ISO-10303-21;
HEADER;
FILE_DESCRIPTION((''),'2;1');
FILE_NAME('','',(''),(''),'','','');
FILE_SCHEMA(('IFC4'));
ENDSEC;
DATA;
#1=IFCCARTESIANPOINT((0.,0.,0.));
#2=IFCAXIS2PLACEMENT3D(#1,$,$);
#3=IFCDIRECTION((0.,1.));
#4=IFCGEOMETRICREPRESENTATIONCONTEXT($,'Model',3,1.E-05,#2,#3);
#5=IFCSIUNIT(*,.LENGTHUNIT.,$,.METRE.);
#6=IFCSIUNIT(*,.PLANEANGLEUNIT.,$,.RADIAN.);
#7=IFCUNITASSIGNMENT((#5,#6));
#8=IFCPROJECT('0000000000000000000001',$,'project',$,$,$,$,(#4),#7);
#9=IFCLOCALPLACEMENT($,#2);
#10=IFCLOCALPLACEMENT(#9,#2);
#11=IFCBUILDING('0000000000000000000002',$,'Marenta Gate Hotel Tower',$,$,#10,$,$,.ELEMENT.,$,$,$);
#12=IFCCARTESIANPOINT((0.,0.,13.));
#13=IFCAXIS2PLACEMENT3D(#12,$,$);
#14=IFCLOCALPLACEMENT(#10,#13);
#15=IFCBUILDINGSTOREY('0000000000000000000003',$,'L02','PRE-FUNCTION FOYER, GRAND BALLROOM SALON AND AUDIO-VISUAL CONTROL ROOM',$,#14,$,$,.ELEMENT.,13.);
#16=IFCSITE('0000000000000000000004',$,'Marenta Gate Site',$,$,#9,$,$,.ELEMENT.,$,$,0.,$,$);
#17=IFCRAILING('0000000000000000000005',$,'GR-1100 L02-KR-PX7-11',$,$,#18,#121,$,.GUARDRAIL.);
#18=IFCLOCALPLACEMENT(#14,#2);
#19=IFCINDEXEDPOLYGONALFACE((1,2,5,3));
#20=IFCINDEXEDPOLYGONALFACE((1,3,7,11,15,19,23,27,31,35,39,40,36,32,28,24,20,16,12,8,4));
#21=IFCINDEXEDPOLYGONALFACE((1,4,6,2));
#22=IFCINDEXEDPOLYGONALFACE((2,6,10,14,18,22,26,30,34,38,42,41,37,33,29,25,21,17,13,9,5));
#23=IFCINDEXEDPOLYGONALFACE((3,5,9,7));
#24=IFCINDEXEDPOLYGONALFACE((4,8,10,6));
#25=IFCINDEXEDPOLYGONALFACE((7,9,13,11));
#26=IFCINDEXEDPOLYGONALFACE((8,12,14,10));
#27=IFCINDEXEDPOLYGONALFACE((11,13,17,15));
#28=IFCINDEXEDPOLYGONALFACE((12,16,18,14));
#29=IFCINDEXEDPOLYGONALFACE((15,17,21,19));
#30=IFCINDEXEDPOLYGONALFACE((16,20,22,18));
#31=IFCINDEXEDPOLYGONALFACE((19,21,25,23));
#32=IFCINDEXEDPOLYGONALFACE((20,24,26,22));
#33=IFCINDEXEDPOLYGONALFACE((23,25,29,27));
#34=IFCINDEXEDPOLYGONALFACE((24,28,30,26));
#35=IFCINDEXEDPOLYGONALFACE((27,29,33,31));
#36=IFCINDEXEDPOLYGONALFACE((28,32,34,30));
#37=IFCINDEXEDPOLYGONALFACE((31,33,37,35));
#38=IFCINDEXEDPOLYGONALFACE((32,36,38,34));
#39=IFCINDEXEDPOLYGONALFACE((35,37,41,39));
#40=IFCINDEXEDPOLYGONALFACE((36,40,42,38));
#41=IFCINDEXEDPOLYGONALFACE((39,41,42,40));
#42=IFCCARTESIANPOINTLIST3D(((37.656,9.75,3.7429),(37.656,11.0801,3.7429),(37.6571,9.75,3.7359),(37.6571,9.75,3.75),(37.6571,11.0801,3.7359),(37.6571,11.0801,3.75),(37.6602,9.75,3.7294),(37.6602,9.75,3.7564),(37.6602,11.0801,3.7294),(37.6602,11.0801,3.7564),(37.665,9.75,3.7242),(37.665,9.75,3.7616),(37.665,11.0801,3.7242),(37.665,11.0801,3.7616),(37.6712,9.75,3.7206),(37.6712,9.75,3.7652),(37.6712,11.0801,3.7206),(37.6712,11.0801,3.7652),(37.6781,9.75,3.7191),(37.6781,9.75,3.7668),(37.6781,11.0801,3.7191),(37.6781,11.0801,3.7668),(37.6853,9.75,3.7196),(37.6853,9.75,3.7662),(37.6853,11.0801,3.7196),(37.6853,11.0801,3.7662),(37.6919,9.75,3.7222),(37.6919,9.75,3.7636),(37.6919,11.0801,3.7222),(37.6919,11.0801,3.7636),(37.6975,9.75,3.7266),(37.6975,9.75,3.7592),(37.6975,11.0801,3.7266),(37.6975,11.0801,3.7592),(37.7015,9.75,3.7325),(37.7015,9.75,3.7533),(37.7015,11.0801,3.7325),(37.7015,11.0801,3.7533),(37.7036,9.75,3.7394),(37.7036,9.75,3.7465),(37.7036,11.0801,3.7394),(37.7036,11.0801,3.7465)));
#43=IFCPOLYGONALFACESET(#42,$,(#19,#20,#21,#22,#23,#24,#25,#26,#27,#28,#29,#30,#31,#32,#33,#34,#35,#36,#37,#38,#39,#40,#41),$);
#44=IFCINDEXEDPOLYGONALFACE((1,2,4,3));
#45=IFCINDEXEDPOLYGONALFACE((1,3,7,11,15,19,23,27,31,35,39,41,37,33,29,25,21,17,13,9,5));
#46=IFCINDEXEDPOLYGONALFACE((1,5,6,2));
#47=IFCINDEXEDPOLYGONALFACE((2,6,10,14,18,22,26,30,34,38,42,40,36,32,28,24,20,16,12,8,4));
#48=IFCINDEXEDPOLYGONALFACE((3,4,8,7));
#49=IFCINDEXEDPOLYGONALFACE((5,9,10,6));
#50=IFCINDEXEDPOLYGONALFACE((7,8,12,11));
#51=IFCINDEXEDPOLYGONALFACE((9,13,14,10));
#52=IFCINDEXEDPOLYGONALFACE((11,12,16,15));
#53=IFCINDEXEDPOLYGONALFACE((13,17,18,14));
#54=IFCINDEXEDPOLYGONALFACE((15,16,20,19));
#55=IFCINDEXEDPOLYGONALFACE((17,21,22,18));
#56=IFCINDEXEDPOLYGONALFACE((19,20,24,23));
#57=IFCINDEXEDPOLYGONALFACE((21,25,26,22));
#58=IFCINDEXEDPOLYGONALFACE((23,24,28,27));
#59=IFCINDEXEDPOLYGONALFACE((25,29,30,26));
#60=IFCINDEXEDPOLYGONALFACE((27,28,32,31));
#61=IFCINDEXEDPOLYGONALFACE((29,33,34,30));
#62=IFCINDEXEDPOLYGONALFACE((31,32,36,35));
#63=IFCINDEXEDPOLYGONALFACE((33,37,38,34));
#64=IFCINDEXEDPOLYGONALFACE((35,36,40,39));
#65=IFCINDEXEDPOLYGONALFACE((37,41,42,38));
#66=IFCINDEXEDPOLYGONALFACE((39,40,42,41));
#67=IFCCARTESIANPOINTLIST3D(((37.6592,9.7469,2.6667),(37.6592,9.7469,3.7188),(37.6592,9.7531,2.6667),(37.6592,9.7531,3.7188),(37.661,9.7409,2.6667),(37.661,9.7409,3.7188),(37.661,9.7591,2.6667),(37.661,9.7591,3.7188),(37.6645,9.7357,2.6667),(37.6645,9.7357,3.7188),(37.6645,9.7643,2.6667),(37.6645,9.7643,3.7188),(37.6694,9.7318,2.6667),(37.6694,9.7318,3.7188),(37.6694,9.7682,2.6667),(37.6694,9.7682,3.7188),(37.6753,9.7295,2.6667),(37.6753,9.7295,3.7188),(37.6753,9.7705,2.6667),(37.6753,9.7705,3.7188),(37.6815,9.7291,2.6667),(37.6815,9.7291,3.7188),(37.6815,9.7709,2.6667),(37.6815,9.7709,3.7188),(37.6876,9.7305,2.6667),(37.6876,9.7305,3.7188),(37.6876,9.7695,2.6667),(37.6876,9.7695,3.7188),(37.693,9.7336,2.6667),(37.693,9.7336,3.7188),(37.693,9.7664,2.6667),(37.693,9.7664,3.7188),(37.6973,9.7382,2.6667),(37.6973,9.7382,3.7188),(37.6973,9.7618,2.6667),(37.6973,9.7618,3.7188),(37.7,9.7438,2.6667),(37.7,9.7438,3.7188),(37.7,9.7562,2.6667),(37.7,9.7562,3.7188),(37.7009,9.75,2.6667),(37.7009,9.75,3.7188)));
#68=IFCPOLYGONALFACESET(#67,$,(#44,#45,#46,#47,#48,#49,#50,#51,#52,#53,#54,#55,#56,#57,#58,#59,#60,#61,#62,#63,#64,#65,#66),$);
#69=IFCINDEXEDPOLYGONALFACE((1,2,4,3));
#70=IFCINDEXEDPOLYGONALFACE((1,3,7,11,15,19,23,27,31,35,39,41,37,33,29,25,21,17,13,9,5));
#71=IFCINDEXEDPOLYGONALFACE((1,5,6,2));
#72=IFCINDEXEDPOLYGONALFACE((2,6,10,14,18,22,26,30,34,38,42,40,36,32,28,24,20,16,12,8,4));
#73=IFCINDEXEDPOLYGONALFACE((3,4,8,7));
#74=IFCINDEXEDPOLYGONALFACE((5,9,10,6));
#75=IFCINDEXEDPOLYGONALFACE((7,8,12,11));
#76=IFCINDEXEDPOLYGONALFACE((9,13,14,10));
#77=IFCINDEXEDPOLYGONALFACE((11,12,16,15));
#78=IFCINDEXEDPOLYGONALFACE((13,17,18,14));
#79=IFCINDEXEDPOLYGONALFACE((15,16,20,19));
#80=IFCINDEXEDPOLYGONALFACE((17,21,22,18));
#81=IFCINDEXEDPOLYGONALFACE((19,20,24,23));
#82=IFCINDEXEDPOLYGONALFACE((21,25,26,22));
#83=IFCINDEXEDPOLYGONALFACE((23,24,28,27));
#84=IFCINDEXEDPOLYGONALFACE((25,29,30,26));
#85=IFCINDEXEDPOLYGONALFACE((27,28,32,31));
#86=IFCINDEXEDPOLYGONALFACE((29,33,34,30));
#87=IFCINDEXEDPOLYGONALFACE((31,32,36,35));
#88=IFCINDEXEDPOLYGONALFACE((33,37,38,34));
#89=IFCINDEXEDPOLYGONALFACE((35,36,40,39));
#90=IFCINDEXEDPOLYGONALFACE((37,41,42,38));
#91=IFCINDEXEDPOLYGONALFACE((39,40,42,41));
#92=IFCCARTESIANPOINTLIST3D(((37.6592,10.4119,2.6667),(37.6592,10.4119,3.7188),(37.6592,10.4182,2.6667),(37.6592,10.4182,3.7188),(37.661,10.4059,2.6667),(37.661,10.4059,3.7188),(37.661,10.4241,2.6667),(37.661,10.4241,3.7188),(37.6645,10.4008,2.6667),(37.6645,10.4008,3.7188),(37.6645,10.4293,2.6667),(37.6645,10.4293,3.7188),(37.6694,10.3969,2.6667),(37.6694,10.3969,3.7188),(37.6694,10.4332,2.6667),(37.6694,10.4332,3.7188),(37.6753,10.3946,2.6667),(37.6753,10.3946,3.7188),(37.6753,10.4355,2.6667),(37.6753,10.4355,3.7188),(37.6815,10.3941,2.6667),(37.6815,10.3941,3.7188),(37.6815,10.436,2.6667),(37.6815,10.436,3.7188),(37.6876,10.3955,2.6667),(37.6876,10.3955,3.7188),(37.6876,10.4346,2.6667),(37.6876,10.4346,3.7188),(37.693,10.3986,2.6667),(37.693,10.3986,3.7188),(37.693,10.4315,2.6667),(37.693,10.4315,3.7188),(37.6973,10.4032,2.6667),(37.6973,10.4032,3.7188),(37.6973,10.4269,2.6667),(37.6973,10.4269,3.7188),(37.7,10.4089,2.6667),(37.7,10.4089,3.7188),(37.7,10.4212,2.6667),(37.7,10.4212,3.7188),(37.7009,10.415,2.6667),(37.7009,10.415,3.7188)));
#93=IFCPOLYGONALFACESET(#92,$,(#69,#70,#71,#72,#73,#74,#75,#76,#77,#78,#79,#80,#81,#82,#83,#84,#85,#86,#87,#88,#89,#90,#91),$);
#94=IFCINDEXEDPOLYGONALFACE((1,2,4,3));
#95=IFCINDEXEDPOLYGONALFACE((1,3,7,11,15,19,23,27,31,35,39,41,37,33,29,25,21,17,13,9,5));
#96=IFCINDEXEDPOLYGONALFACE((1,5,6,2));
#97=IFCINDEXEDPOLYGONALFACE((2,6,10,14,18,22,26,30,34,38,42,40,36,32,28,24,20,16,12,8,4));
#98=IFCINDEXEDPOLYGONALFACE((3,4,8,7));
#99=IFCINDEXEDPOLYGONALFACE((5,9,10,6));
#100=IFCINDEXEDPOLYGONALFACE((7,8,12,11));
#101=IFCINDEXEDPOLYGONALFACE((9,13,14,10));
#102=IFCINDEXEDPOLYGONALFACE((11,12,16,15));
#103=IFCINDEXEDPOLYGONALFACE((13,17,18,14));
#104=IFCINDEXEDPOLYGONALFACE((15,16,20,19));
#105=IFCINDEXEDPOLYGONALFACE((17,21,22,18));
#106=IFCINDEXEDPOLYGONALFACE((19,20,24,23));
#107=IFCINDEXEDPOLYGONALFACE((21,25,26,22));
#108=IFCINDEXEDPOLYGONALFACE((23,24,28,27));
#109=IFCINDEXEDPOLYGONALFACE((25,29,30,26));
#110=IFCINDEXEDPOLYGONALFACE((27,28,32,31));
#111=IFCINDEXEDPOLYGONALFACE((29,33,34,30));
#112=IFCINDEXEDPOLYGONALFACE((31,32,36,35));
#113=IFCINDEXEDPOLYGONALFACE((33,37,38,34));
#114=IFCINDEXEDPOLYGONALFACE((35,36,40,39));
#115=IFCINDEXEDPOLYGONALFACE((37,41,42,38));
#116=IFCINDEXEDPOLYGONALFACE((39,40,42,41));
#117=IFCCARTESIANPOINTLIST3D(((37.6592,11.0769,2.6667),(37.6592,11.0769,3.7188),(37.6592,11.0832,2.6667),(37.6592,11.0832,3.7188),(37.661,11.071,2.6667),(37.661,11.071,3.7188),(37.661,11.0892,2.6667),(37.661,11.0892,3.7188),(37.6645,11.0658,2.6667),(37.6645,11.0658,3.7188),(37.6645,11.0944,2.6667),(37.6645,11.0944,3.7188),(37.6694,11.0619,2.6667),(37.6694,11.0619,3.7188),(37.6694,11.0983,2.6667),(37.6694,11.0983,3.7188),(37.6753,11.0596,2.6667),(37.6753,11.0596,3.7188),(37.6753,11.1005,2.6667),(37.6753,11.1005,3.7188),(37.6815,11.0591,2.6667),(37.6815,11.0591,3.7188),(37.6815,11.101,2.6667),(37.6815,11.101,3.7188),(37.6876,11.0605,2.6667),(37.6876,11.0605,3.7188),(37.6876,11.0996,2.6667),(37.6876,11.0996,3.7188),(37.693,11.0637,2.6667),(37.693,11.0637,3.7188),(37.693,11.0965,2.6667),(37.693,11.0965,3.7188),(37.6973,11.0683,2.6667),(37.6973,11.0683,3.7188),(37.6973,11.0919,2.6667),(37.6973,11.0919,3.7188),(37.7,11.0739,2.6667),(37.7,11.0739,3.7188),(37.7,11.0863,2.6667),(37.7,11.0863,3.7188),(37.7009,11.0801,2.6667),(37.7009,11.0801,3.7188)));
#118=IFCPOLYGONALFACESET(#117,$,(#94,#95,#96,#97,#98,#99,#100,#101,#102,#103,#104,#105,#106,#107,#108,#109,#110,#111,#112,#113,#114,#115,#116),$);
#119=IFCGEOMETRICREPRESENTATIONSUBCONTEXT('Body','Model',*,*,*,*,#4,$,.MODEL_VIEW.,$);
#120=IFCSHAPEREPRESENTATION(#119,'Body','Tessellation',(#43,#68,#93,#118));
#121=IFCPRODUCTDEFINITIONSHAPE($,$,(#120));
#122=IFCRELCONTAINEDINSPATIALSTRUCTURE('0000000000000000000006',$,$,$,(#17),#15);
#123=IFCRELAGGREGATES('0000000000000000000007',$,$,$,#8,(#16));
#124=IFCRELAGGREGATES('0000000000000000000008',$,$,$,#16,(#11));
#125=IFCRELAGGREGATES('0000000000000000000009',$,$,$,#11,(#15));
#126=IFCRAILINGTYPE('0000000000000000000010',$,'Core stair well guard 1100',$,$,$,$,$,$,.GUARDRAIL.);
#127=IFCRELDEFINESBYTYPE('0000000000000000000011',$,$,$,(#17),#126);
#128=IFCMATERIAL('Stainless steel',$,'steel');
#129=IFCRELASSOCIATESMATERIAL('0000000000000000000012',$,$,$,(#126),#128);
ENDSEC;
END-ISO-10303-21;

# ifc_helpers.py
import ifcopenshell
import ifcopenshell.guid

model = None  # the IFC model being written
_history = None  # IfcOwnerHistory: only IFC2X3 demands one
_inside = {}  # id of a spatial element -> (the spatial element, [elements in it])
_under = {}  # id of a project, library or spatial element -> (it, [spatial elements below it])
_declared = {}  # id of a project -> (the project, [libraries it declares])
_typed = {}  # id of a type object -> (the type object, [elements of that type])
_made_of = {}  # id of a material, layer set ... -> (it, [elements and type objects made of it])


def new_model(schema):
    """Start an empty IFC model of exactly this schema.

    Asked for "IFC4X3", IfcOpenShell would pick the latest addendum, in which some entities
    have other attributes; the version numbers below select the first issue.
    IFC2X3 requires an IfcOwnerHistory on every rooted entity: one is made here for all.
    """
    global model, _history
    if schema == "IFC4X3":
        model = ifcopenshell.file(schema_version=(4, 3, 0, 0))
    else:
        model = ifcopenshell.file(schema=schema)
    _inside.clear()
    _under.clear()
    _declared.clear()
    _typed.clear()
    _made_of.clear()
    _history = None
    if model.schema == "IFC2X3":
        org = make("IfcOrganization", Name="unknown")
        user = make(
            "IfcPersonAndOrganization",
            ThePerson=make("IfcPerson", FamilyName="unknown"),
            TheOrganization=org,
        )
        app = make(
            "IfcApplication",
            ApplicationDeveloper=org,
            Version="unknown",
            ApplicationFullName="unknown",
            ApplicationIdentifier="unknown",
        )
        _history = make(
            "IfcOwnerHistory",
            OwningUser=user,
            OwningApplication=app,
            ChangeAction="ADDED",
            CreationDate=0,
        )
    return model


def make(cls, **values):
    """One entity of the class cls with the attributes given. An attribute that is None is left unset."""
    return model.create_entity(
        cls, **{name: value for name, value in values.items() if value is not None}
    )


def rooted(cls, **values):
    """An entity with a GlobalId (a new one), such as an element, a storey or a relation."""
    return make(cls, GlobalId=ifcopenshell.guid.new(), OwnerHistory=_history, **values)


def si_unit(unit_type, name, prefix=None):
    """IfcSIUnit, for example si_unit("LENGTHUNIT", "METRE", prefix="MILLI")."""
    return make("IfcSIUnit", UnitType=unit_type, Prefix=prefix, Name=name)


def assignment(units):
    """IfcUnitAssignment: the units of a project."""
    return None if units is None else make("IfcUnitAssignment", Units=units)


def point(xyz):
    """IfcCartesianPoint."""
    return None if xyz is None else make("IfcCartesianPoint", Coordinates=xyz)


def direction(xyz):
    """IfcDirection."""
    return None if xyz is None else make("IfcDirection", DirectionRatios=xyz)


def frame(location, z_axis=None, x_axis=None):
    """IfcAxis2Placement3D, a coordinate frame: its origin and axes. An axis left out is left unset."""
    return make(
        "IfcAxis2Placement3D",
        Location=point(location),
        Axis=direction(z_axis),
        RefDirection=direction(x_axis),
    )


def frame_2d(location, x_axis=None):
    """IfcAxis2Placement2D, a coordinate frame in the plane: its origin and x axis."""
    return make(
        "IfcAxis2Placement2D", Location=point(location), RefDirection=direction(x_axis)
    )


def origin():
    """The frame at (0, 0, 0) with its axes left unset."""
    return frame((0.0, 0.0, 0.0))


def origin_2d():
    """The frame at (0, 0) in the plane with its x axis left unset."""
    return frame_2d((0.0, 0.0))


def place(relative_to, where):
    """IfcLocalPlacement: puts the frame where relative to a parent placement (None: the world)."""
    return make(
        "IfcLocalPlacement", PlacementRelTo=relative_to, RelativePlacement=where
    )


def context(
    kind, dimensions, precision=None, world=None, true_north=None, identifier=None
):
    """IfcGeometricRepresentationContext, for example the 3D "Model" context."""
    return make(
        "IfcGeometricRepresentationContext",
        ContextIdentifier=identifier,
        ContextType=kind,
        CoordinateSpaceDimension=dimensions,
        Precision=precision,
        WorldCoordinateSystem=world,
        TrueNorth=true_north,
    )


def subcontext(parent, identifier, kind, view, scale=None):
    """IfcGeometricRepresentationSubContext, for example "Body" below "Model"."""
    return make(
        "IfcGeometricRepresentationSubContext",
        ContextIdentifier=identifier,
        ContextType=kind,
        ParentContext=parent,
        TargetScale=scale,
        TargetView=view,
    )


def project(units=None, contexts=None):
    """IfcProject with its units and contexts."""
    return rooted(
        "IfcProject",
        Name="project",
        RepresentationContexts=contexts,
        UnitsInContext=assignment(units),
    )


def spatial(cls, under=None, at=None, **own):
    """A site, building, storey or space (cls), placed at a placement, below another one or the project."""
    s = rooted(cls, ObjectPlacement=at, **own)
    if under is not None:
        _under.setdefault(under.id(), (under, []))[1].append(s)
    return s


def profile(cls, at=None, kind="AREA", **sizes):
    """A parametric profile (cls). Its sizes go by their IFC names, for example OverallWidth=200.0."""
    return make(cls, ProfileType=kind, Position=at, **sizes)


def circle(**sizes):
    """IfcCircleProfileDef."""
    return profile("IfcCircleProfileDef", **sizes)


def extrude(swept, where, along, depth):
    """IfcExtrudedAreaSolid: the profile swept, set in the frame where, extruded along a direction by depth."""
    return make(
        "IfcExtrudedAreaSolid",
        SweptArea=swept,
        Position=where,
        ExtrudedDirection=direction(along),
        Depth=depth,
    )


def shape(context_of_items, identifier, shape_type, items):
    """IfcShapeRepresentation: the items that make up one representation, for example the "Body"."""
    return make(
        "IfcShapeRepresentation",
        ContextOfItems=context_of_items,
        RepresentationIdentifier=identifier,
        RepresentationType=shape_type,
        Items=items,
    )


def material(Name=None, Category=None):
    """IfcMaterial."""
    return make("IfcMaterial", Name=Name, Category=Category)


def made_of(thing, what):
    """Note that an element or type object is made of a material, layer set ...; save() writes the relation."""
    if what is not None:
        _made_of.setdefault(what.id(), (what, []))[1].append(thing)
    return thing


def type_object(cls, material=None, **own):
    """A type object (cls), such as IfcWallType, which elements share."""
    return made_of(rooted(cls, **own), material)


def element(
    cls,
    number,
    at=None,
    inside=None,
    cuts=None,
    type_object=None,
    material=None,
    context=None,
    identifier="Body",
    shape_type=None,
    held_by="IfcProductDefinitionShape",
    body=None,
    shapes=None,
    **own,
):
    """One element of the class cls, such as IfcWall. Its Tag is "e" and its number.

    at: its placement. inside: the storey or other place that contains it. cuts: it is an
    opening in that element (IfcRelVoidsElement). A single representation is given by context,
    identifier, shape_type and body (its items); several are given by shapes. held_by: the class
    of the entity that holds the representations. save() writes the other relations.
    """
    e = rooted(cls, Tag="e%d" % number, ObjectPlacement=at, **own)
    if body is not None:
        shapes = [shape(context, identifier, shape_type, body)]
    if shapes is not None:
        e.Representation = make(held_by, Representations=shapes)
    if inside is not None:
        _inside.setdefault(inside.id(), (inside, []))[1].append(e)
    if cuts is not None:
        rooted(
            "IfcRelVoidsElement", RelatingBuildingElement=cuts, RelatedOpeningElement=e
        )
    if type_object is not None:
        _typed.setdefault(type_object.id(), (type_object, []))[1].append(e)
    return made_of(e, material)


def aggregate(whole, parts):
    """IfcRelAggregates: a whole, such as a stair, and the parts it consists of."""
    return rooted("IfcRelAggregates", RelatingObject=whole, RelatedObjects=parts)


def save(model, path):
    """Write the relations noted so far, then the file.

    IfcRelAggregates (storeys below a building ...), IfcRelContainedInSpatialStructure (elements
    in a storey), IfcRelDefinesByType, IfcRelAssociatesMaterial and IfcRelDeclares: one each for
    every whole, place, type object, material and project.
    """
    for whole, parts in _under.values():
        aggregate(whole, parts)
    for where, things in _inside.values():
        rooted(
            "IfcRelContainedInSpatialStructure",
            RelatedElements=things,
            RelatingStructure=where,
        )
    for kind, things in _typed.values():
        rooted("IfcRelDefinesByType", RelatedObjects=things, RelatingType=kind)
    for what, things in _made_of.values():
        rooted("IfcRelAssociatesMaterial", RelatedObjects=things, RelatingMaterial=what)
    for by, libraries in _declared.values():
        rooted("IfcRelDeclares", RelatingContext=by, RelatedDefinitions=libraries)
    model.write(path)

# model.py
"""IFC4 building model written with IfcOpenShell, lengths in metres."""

from ifc_helpers import new_model, si_unit, direction, frame, origin, origin_2d, place, context, subcontext, project, spatial, circle, extrude, material, type_object, element, save


model = new_model("IFC4")

# Units and contexts
model_context = context("Model", 3, precision=1e-05, world=origin(), true_north=direction((0.0, 1.0)))
body_context = subcontext(model_context, "Body", "Model", "MODEL_VIEW")
ifc_project = project(units=[si_unit("LENGTHUNIT", "METRE"), si_unit("PLANEANGLEUNIT", "RADIAN")], contexts=[model_context])

# Site, building, storey
site_placement = place(None, origin())
site = spatial("IfcSite", under=ifc_project, at=site_placement, Name="Marenta Gate Site", CompositionType="ELEMENT", RefElevation=0.0)
building_placement = place(site_placement, origin())
building = spatial("IfcBuilding", under=site, at=building_placement, Name="Marenta Gate Hotel Tower", CompositionType="ELEMENT")
storey_placement = place(building_placement, frame((0.0, 0.0, 13.0)))
storey = spatial("IfcBuildingStorey", under=building, at=storey_placement, Name="L02", Description="PRE-FUNCTION FOYER, GRAND BALLROOM SALON AND AUDIO-VISUAL CONTROL ROOM", CompositionType="ELEMENT", Elevation=13.0)

# Railing
ifc_material_1 = material(Name="Stainless steel", Category="steel")
railing_type_1 = type_object("IfcRailingType", Name="Core stair well guard 1100", PredefinedType="GUARDRAIL", material=ifc_material_1)
railing_1_placement = place(storey_placement, frame((37.6799, 9.75, 2.6667)))
element("IfcRailing", 1, at=railing_1_placement, inside=storey, type_object=railing_type_1, Name="GR-1100 L02-KR-PX7-11", PredefinedType="GUARDRAIL", context=body_context, shape_type="SweptSolid", body=[
    extrude(circle(Radius=0.0239, at=origin_2d()), frame((0.0, 0.0, 1.0762), z_axis=(0.0, 1.0, 0.0), x_axis=(-1.0, 0.0, 0.0)), (0.0, 0.0, 1.0), 1.3301),
    extrude(circle(Radius=0.021, at=origin_2d()), origin(), (0.0, 0.0, 1.0), 1.052),
    extrude(circle(Radius=0.021, at=origin_2d()), frame((0.0, 0.665, 0.0)), (0.0, 0.0, 1.0), 1.052),
    extrude(circle(Radius=0.021, at=origin_2d()), frame((0.0, 1.3301, 0.0)), (0.0, 0.0, 1.0), 1.052),
])

save(model, "model.ifc")
